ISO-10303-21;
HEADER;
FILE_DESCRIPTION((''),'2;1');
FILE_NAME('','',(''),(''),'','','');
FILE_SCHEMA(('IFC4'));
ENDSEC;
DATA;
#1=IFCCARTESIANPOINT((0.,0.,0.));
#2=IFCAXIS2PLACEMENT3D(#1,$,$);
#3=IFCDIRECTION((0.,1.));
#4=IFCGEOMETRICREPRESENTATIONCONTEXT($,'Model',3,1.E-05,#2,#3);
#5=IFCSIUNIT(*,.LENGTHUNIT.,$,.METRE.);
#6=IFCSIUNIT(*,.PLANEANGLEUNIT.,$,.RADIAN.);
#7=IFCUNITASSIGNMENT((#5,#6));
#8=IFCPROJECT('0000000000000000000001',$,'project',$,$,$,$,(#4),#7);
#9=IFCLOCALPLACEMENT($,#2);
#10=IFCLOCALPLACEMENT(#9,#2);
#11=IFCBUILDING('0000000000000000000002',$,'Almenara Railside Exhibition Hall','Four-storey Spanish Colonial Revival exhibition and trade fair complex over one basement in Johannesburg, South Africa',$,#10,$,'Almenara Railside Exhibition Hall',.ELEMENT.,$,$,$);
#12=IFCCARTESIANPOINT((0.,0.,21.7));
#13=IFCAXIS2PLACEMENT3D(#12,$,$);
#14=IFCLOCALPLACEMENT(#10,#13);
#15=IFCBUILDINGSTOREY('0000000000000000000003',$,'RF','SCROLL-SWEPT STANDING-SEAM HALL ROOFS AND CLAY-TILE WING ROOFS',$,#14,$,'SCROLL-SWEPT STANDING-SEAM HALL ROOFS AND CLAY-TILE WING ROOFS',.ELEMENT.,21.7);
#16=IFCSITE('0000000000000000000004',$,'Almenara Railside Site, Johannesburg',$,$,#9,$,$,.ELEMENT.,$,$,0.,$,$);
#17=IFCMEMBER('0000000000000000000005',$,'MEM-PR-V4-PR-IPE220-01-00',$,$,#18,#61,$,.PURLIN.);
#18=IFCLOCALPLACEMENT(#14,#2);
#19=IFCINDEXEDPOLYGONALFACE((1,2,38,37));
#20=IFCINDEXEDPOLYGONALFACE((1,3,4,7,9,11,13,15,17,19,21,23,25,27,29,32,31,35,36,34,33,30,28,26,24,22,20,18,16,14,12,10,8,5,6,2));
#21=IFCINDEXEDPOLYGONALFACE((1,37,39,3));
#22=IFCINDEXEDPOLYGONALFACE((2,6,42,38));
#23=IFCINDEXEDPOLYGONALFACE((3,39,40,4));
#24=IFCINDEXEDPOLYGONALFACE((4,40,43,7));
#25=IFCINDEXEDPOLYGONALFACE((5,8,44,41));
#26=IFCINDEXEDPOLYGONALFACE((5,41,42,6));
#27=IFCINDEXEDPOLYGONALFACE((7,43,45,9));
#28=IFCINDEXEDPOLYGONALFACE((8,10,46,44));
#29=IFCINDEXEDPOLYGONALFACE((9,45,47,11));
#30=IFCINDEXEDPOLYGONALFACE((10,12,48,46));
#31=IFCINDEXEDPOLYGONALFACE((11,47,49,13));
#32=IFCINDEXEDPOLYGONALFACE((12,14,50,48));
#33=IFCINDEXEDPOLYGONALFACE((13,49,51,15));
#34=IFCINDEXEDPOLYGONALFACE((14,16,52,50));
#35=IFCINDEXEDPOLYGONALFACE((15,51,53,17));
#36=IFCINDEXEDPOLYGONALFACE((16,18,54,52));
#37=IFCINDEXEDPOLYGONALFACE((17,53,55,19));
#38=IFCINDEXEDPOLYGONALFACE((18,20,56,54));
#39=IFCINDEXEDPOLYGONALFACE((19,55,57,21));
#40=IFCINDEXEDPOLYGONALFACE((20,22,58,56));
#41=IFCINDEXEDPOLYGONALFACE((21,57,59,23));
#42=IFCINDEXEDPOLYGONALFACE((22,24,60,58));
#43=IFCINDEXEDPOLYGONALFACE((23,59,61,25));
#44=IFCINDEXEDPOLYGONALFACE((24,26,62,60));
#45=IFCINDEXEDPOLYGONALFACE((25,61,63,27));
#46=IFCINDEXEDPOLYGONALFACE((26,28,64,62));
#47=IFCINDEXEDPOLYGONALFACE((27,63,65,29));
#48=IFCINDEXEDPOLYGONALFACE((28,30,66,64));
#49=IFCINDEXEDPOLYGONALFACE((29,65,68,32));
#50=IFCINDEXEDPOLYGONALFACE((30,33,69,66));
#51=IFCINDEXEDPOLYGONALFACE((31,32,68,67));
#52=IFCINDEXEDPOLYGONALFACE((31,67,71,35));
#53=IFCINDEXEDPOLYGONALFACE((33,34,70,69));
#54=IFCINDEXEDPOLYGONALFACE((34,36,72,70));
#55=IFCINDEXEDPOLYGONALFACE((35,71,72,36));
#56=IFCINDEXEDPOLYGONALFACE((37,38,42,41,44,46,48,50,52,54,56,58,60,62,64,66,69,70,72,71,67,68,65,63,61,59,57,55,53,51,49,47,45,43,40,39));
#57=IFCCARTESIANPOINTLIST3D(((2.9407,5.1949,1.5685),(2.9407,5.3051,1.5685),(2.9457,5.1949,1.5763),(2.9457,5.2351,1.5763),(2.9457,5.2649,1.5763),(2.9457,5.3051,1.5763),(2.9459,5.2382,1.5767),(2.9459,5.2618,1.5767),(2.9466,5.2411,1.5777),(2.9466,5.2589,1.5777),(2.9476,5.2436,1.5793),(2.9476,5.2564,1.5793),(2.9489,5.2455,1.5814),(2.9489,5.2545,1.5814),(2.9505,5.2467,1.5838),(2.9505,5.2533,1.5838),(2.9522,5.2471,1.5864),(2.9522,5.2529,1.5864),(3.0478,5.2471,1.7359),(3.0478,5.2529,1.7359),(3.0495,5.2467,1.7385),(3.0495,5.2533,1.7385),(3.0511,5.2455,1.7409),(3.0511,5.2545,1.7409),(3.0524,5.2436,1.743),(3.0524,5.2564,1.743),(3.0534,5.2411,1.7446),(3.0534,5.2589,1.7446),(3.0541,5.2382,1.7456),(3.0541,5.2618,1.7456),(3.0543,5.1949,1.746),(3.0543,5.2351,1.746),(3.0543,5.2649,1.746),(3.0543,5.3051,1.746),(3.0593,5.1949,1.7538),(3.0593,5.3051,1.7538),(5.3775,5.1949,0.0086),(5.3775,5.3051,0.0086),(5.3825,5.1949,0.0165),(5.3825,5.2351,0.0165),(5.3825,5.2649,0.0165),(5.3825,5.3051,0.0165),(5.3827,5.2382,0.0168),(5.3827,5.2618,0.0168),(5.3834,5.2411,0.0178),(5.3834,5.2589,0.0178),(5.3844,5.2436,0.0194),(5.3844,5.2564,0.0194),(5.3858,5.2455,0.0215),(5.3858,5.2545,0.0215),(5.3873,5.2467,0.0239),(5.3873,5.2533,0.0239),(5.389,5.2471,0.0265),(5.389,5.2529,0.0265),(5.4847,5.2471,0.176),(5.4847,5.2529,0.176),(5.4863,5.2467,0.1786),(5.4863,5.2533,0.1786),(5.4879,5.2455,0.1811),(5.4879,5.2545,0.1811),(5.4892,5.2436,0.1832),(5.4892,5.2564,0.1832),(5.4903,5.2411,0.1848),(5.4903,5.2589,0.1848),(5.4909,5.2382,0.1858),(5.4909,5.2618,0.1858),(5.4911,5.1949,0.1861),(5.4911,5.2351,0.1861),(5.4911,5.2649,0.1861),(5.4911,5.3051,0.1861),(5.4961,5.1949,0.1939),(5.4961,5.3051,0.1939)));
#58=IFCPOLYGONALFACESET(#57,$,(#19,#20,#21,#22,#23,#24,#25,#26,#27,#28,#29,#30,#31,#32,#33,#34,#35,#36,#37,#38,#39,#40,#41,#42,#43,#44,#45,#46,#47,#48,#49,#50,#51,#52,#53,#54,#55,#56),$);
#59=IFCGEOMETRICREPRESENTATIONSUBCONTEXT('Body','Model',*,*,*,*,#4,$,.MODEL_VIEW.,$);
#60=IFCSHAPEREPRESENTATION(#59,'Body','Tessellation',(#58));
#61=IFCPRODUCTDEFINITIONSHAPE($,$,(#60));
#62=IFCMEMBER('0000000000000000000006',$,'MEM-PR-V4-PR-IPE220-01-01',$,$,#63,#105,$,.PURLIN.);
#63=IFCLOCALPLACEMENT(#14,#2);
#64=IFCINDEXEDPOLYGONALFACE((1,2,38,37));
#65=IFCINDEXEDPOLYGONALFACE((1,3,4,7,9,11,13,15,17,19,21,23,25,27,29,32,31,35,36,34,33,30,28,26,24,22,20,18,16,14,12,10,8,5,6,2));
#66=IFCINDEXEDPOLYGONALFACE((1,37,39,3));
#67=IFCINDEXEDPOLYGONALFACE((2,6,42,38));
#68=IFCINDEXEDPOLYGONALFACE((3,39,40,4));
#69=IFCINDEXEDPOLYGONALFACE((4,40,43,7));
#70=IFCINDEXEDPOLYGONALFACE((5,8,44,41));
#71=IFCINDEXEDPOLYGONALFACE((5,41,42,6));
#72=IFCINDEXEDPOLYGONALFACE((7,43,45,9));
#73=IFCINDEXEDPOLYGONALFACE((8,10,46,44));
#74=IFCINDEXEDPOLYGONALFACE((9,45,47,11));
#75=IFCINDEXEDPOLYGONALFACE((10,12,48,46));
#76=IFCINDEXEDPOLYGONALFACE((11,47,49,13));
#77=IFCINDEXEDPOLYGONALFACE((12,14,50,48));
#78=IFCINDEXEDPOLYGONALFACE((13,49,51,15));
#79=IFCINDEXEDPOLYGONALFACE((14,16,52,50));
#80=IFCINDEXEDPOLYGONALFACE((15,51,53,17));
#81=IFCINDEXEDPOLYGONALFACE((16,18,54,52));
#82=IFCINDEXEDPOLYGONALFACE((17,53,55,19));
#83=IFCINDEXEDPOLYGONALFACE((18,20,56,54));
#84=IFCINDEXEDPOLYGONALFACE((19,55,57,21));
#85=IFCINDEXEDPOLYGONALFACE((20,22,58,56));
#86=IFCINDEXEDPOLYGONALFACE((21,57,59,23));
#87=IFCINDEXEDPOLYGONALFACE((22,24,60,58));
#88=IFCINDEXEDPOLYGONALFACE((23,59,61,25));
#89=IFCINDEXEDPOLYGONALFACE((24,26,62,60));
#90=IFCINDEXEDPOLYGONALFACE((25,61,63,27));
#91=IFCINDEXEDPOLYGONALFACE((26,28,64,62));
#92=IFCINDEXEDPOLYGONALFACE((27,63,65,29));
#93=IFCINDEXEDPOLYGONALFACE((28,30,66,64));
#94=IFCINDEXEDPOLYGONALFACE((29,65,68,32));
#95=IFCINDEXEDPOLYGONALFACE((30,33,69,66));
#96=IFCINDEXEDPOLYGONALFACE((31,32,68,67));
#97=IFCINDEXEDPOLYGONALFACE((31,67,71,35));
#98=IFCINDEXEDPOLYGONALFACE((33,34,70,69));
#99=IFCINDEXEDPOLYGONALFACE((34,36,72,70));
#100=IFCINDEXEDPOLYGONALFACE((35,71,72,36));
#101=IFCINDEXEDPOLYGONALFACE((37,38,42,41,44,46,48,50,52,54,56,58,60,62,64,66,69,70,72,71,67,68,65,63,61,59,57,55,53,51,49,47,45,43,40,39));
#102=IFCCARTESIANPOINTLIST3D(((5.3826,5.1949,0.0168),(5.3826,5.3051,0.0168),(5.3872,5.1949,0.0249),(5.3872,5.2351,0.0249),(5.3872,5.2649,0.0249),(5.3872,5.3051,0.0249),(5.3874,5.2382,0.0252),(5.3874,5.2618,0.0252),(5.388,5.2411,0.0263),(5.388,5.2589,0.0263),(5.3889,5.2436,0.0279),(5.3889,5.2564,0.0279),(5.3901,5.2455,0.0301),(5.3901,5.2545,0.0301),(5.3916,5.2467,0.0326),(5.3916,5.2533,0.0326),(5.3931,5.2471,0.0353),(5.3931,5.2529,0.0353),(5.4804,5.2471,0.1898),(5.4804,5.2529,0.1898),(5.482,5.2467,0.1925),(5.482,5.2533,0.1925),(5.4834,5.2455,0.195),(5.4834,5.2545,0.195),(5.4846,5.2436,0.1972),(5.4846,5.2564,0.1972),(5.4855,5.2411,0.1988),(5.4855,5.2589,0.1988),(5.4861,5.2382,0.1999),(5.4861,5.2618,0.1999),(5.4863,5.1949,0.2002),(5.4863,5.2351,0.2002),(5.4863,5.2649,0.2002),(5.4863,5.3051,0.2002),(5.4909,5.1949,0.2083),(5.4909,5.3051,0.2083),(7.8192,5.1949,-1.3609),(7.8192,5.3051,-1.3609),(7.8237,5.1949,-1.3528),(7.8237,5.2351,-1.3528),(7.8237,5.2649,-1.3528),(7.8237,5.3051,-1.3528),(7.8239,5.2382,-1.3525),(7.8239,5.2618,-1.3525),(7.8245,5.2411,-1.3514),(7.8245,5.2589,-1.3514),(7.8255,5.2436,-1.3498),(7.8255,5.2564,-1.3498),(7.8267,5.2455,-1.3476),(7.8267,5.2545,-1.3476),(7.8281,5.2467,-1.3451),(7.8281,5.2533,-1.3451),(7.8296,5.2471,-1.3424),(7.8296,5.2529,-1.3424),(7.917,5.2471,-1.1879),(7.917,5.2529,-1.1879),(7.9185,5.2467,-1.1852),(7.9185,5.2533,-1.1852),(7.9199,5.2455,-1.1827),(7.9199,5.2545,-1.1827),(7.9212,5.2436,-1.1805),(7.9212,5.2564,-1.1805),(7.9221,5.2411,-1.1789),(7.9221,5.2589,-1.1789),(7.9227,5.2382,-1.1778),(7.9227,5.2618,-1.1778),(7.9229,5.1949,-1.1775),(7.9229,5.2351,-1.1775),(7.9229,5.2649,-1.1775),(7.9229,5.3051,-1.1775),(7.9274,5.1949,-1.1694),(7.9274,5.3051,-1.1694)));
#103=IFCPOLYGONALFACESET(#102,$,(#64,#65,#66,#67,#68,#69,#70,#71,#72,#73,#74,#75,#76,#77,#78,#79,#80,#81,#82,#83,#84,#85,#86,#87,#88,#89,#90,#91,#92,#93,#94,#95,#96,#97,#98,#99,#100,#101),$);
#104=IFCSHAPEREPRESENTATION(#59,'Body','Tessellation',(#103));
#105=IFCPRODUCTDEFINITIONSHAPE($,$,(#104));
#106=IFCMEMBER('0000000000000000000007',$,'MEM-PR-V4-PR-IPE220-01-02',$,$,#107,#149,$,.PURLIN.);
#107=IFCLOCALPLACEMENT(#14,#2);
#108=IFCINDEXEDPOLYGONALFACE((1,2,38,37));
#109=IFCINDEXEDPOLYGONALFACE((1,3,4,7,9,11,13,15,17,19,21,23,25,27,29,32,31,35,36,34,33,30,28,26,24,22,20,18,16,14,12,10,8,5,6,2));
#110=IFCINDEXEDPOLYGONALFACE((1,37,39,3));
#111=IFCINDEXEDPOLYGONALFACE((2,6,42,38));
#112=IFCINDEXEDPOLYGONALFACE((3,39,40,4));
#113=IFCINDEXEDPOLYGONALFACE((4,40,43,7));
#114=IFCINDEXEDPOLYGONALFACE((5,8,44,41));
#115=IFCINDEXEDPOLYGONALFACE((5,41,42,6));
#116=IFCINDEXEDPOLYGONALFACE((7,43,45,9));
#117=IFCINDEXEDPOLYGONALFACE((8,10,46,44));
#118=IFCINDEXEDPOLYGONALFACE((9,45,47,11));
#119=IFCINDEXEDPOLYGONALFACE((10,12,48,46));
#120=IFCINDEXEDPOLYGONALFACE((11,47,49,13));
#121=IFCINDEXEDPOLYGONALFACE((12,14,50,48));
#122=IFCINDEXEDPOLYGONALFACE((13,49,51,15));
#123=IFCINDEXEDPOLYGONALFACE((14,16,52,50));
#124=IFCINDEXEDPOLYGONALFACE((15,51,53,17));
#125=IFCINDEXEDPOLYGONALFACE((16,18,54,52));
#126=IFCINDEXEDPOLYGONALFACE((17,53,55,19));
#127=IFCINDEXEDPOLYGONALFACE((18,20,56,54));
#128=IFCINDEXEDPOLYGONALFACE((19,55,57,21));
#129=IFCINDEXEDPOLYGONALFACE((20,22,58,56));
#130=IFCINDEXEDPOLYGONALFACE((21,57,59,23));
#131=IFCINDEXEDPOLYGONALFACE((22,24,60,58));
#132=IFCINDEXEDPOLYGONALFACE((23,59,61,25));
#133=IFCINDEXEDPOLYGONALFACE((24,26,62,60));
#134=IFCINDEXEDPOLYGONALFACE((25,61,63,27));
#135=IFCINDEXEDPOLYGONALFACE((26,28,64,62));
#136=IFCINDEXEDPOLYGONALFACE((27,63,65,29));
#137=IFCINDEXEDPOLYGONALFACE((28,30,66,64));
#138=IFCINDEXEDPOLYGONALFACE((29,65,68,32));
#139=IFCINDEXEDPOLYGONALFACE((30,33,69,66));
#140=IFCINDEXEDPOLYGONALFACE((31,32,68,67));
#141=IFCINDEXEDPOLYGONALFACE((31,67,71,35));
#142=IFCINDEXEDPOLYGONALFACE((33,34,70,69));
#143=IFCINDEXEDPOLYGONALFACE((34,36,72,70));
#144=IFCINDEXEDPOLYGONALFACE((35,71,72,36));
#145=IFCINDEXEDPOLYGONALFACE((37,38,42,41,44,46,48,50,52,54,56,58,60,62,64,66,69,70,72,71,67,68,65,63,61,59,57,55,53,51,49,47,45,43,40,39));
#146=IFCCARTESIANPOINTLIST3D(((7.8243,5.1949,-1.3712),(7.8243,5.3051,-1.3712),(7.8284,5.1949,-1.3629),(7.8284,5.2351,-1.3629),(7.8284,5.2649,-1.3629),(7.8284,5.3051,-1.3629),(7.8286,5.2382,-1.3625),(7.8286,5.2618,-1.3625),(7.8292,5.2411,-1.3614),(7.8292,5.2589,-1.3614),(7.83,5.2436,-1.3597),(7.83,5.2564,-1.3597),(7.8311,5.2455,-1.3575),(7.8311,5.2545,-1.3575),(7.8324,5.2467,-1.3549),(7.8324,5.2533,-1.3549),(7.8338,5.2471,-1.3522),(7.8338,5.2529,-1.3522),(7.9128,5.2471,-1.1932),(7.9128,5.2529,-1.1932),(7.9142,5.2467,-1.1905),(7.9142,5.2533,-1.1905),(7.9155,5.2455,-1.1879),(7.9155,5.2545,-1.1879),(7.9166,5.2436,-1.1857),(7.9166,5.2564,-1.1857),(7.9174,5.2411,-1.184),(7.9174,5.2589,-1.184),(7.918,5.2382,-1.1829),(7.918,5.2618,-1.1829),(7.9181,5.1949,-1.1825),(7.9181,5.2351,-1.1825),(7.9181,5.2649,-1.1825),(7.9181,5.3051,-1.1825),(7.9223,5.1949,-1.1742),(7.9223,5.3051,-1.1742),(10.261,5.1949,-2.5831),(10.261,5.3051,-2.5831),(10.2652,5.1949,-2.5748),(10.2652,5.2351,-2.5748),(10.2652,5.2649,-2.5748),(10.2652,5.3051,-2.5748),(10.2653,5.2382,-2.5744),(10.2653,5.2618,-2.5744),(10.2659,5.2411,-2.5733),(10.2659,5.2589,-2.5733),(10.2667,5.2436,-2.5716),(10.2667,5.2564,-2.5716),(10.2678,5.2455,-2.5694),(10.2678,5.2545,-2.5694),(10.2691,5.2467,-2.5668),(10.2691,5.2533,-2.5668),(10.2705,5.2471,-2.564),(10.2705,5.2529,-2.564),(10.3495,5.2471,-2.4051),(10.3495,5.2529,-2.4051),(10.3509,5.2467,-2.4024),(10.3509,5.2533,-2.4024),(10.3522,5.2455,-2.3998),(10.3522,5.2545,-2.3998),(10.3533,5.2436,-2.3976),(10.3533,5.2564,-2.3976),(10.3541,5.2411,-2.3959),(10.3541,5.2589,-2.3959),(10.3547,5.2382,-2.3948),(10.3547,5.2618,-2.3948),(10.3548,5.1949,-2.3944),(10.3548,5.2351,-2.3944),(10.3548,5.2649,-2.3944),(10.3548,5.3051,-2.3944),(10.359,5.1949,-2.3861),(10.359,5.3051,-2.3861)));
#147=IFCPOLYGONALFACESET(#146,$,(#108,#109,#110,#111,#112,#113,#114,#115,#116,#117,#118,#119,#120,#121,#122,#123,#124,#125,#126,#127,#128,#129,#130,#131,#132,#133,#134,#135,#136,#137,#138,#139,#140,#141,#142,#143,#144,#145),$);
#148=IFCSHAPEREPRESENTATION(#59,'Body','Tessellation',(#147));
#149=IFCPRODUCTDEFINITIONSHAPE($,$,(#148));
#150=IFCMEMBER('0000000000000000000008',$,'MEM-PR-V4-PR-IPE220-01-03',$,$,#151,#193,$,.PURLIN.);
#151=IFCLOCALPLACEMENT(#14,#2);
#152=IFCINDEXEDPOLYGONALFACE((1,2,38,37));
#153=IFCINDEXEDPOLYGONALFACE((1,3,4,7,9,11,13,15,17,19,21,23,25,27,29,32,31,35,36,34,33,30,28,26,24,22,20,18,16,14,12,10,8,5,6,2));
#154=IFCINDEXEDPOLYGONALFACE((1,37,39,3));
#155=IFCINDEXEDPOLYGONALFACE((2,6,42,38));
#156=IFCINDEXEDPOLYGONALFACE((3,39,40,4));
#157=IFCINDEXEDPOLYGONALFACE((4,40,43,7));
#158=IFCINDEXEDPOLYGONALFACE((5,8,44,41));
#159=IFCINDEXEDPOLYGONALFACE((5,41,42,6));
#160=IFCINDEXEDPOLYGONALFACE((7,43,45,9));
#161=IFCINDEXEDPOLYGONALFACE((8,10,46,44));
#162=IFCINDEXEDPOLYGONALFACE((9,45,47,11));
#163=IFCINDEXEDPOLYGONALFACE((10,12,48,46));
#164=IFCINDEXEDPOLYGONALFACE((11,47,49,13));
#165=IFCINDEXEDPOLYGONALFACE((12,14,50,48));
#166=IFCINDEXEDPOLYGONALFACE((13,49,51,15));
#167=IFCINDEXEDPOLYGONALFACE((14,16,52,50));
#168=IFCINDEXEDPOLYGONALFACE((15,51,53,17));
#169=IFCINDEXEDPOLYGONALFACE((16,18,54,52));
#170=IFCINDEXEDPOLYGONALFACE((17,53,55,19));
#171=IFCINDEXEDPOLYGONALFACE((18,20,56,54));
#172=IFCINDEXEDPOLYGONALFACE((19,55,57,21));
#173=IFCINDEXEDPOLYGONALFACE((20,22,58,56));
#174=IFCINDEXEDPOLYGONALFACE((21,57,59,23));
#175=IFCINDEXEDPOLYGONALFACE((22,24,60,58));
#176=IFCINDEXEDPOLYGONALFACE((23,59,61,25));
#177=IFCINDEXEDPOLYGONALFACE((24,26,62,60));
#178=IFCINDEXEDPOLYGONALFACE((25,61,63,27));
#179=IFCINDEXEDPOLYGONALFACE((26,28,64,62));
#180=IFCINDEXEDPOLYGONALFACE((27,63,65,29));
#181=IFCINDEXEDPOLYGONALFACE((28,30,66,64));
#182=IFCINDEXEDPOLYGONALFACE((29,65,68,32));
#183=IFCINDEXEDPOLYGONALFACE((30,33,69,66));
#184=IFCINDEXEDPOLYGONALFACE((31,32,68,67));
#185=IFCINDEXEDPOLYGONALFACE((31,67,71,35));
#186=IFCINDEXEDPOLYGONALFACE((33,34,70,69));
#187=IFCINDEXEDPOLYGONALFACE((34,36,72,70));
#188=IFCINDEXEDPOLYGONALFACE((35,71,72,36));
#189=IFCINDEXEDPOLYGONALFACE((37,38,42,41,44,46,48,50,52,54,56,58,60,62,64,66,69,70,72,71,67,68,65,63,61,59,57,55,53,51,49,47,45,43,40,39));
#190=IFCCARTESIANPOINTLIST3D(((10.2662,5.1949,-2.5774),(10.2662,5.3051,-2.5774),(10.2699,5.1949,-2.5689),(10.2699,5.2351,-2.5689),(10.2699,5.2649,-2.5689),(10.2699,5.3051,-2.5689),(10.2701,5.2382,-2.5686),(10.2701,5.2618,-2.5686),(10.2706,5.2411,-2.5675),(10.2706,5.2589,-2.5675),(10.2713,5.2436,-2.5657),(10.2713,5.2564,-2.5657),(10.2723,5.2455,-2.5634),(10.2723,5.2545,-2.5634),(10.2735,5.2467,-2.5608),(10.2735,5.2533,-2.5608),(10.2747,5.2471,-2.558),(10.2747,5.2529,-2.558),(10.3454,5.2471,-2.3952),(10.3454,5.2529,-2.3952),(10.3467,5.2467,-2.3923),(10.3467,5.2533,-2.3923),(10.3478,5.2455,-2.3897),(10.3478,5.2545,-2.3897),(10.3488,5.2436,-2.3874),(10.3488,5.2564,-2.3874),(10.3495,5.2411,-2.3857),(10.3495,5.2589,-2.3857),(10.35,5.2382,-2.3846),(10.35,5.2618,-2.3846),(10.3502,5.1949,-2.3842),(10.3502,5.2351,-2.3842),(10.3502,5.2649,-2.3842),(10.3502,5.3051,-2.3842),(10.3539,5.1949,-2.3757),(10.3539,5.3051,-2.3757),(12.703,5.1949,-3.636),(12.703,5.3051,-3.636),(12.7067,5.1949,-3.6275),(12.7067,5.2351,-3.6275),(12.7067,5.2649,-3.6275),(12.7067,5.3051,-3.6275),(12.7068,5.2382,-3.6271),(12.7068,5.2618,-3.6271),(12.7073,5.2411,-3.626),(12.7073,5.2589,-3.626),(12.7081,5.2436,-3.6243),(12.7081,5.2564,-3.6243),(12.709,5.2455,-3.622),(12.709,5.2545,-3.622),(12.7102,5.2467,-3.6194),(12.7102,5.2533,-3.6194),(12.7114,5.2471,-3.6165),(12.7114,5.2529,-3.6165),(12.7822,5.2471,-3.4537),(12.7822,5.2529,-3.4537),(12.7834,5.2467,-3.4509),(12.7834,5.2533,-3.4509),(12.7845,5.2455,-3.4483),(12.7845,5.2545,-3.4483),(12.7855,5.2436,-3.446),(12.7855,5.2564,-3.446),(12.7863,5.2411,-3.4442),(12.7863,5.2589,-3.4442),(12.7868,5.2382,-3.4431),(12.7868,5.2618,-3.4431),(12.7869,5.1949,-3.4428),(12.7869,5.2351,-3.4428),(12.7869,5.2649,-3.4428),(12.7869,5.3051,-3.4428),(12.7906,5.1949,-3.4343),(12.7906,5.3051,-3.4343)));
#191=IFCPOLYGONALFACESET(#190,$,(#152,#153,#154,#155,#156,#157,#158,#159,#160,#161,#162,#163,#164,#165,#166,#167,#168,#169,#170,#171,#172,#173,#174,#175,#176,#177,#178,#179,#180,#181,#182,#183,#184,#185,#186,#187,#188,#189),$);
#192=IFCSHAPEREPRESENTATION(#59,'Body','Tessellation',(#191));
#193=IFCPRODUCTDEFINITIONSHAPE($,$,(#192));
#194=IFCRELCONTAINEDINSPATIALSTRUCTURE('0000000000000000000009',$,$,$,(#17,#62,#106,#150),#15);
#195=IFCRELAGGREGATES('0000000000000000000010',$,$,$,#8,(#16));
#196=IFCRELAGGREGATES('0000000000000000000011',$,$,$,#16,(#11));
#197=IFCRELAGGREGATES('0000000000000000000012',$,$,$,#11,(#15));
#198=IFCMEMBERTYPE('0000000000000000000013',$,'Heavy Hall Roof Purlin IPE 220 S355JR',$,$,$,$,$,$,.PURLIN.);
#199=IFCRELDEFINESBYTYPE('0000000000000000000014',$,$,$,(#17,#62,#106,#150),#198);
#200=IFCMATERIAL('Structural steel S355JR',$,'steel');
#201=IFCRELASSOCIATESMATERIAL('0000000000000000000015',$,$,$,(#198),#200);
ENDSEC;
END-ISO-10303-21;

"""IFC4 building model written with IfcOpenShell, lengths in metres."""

from ifc_helpers import new_model, si_unit, direction, frame, origin, origin_2d, place, context, subcontext, project, spatial, i_section, extrude, material, material_profile, profile_set, type_object, element, save


model = new_model("IFC4")

# Units and contexts
model_context = context("Model", 3, precision=1e-05, world=origin(), true_north=direction((0.0, 1.0)))
body_context = subcontext(model_context, "Body", "Model", "MODEL_VIEW")
ifc_project = project(units=[si_unit("LENGTHUNIT", "METRE"), si_unit("PLANEANGLEUNIT", "RADIAN")], contexts=[model_context])

# Site, building, storey
site_placement = place(None, origin())
site = spatial("IfcSite", under=ifc_project, at=site_placement, Name="Almenara Railside Site, Johannesburg", CompositionType="ELEMENT", RefElevation=0.0)
building_placement = place(site_placement, origin())
building = spatial("IfcBuilding", under=site, at=building_placement, Name="Almenara Railside Exhibition Hall", Description="Four-storey Spanish Colonial Revival exhibition and trade fair complex over one basement in Johannesburg, South Africa", LongName="Almenara Railside Exhibition Hall", CompositionType="ELEMENT")
storey_placement = place(building_placement, frame((0.0, 0.0, 21.7)))
storey = spatial("IfcBuildingStorey", under=building, at=storey_placement, Name="RF", Description="SCROLL-SWEPT STANDING-SEAM HALL ROOFS AND CLAY-TILE WING ROOFS", LongName="SCROLL-SWEPT STANDING-SEAM HALL ROOFS AND CLAY-TILE WING ROOFS", CompositionType="ELEMENT", Elevation=21.7)

# Members
ifc_material_1 = material(Name="Structural steel S355JR", Category="steel")
ifc_material_profile_1 = material_profile(ifc_material_1, i_section(OverallWidth=0.1101, OverallDepth=0.22, WebThickness=0.0059, FlangeThickness=0.0093, FilletRadius=0.012, at=origin_2d()), Name="IPE 220")
ifc_profile_set_1 = profile_set([ifc_material_profile_1], Name="Structural steel S355JR")
member_type_1 = type_object("IfcMemberType", Name="Heavy Hall Roof Purlin IPE 220 S355JR", PredefinedType="PURLIN", material=ifc_profile_set_1)
member_1_placement = place(storey_placement, frame((3.0, 5.25, 1.6611), z_axis=(0.842227, 0.0, -0.539123), x_axis=(0.0, 1.0, 0.0)))
element("IfcMember", 1, at=member_1_placement, inside=storey, type_object=member_type_1, Name="MEM-PR-V4-PR-IPE220-01-00", PredefinedType="PURLIN", context=body_context, shape_type="SweptSolid", body=[
    extrude(i_section(OverallWidth=0.1101, OverallDepth=0.22, WebThickness=0.0059, FlangeThickness=0.0093, FilletRadius=0.012, at=origin_2d()), origin(), (0.0, 0.0, 1.0), 2.8933),
])
member_2_placement = place(storey_placement, frame((5.4368, 5.25, 0.1125), z_axis=(0.870483, 0.0, -0.492198), x_axis=(0.0, 1.0, 0.0)))
element("IfcMember", 2, at=member_2_placement, inside=storey, type_object=member_type_1, Name="MEM-PR-V4-PR-IPE220-01-01", PredefinedType="PURLIN", context=body_context, shape_type="SweptSolid", body=[
    extrude(i_section(OverallWidth=0.1101, OverallDepth=0.22, WebThickness=0.0059, FlangeThickness=0.0093, FilletRadius=0.012, at=origin_2d()), origin(), (0.0, 0.0, 1.0), 2.7991),
])
member_3_placement = place(storey_placement, frame((7.8733, 5.25, -1.2727), z_axis=(0.895376, 0.0, -0.445311), x_axis=(0.0, 1.0, 0.0)))
element("IfcMember", 3, at=member_3_placement, inside=storey, type_object=member_type_1, Name="MEM-PR-V4-PR-IPE220-01-02", PredefinedType="PURLIN", context=body_context, shape_type="SweptSolid", body=[
    extrude(i_section(OverallWidth=0.1101, OverallDepth=0.22, WebThickness=0.0059, FlangeThickness=0.0093, FilletRadius=0.012, at=origin_2d()), origin(), (0.0, 0.0, 1.0), 2.7214),
])
member_4_placement = place(storey_placement, frame((10.3101, 5.25, -2.4766), z_axis=(0.91719, 0.0, -0.398451), x_axis=(0.0, 1.0, 0.0)))
element("IfcMember", 4, at=member_4_placement, inside=storey, type_object=member_type_1, Name="MEM-PR-V4-PR-IPE220-01-03", PredefinedType="PURLIN", context=body_context, shape_type="SweptSolid", body=[
    extrude(i_section(OverallWidth=0.1101, OverallDepth=0.22, WebThickness=0.0059, FlangeThickness=0.0093, FilletRadius=0.012, at=origin_2d()), origin(), (0.0, 0.0, 1.0), 2.6567),
])

save(model, "model.ifc")
